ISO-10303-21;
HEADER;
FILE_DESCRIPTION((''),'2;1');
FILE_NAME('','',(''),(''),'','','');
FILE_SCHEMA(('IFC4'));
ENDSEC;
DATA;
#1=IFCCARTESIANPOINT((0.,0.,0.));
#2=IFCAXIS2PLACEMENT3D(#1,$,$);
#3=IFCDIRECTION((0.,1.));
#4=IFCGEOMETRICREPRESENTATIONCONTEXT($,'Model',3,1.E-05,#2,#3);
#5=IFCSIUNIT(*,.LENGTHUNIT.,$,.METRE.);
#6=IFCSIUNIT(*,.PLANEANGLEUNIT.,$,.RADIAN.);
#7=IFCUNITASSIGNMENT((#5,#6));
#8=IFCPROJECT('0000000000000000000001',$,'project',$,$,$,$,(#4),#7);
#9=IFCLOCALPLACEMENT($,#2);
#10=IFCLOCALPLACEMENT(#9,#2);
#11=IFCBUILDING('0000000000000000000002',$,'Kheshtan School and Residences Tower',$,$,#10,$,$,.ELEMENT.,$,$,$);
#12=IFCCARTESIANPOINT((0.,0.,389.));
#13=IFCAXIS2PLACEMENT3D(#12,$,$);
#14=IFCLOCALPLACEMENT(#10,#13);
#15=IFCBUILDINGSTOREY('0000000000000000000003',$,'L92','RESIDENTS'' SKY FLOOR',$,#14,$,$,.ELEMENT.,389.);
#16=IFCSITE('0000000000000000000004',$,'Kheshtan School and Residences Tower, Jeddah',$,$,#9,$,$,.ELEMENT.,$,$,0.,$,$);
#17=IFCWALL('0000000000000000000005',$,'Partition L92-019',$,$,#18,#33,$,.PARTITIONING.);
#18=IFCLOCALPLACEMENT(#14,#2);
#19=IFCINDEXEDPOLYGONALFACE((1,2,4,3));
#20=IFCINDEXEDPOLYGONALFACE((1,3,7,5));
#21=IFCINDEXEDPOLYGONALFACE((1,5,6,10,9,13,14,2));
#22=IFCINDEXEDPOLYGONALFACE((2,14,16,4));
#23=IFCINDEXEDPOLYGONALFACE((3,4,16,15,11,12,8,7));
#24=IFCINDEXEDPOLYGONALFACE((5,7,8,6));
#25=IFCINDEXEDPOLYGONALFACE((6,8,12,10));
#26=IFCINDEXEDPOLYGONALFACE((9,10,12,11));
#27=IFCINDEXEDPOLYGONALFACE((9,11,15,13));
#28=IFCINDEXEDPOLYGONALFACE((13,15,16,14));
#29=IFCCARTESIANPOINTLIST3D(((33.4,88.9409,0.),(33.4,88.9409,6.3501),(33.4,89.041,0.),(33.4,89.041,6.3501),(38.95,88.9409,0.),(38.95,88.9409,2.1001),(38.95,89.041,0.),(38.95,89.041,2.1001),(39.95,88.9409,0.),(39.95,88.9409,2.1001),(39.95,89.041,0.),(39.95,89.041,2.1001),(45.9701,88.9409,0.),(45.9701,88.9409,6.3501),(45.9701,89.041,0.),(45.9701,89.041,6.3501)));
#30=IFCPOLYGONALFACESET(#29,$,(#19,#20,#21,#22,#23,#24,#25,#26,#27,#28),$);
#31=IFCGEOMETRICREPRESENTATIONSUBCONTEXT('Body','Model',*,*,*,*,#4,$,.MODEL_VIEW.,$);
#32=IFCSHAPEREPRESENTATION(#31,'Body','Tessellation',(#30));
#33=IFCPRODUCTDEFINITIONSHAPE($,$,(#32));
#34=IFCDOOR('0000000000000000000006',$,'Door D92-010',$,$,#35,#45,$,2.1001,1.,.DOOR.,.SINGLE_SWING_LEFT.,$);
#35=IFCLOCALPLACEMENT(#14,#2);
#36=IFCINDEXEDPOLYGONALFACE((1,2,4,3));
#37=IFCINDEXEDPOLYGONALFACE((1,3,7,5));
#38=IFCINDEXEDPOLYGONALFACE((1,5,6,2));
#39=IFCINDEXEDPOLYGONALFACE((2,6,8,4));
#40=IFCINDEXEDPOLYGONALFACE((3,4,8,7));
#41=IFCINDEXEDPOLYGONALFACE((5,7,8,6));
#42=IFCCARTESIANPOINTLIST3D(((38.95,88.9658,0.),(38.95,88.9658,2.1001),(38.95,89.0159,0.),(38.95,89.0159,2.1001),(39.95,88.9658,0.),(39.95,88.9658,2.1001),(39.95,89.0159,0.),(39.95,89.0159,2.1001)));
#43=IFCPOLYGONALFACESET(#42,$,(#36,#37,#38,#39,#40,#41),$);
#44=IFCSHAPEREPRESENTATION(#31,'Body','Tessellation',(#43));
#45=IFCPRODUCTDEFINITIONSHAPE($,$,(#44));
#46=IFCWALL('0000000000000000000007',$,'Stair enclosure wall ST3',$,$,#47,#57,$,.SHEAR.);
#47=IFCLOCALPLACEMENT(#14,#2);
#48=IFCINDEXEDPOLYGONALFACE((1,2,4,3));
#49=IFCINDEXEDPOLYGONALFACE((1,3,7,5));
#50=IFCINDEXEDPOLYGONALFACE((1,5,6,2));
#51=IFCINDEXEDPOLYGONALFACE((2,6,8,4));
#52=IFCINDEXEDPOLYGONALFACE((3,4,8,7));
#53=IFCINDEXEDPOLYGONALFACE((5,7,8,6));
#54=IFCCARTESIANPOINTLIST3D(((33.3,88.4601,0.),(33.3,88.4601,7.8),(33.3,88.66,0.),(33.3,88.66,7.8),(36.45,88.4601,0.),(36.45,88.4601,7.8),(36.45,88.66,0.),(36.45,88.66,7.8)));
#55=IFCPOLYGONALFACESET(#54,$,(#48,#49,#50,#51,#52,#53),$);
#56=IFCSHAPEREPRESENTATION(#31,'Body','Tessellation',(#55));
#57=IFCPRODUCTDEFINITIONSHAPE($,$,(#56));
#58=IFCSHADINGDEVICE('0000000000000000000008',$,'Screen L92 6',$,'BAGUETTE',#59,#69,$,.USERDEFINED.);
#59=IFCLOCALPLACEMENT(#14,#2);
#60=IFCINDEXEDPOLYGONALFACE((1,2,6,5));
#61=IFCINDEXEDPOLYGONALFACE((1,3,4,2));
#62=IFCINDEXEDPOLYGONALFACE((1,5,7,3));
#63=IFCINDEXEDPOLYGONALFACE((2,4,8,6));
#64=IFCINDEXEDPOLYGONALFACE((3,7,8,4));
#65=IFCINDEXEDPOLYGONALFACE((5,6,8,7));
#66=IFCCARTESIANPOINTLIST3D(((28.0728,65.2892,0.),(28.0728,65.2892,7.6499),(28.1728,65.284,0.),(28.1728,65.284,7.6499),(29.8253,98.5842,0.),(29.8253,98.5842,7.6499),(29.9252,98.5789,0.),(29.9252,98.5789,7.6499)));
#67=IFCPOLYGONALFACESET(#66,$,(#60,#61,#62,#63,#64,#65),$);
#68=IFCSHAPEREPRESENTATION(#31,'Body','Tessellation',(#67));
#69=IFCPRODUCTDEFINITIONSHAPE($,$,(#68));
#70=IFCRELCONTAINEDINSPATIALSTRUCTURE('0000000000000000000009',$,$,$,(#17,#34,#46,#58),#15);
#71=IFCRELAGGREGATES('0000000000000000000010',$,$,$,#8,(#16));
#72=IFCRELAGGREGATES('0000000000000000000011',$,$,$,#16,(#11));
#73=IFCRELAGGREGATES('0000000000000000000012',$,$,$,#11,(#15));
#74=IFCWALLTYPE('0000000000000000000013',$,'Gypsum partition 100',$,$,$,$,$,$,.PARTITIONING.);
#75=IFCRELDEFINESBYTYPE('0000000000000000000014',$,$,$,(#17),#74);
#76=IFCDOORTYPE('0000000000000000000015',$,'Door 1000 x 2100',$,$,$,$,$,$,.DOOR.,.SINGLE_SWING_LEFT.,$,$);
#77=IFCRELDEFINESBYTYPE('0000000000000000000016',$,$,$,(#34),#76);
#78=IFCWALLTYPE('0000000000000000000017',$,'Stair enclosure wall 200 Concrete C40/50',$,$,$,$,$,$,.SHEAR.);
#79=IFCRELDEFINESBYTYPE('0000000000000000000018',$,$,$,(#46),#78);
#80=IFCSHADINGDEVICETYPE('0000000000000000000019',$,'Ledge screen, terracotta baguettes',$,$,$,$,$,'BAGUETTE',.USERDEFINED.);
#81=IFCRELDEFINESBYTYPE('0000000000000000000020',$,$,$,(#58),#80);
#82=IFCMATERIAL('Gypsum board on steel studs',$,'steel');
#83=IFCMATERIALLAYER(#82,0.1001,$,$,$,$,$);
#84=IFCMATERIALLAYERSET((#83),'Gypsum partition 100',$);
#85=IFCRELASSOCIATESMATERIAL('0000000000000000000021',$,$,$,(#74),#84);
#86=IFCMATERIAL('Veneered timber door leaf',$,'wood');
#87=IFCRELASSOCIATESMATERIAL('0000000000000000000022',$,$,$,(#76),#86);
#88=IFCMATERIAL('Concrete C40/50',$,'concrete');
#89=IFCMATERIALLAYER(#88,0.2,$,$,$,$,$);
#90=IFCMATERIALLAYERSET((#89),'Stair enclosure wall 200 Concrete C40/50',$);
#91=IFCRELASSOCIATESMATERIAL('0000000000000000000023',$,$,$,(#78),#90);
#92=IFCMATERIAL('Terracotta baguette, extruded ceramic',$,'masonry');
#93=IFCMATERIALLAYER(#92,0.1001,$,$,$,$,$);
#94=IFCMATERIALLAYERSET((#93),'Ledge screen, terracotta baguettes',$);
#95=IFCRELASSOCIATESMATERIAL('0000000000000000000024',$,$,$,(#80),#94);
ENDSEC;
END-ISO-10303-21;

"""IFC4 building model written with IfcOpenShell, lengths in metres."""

from ifc_helpers import new_model, si_unit, direction, frame, frame_2d, origin, origin_2d, place, context, subcontext, project, spatial, rectangle, extrude, source, transform, mapped, material, layer, layer_set, type_object, element, fill, save


model = new_model("IFC4")

# Units and contexts
model_context = context("Model", 3, precision=1e-05, world=origin(), true_north=direction((0.0, 1.0)))
body_context = subcontext(model_context, "Body", "Model", "MODEL_VIEW")
ifc_project = project(units=[si_unit("LENGTHUNIT", "METRE"), si_unit("PLANEANGLEUNIT", "RADIAN")], contexts=[model_context])

# Site, building, storey
site_placement = place(None, origin())
site = spatial("IfcSite", under=ifc_project, at=site_placement, Name="Kheshtan School and Residences Tower, Jeddah", CompositionType="ELEMENT", RefElevation=0.0)
building_placement = place(site_placement, origin())
building = spatial("IfcBuilding", under=site, at=building_placement, Name="Kheshtan School and Residences Tower", CompositionType="ELEMENT")
storey_placement = place(building_placement, frame((0.0, 0.0, 389.0)))
storey = spatial("IfcBuildingStorey", under=building, at=storey_placement, Name="L92", Description="RESIDENTS' SKY FLOOR", CompositionType="ELEMENT", Elevation=389.0)

# Wall, opening, door
ifc_material_1 = material(Name="Gypsum board on steel studs", Category="steel")
ifc_layer_1 = layer(ifc_material_1, 0.1001)
ifc_layer_set_1 = layer_set([ifc_layer_1], Name="Gypsum partition 100")
wall_type_1 = type_object("IfcWallType", Name="Gypsum partition 100", PredefinedType="PARTITIONING", material=ifc_layer_set_1)
wall_1_placement = place(storey_placement, frame((33.3999, 88.991, 0.0), z_axis=(0.0, 0.0, 1.0), x_axis=(1.0, 0.0, 0.0)))
wall_1 = element("IfcWall", 1, at=wall_1_placement, inside=storey, type_object=wall_type_1, Name="Partition L92-019", PredefinedType="PARTITIONING", context=body_context, shape_type="SweptSolid", body=[
    extrude(rectangle(XDim=12.5701, YDim=0.1001, at=frame_2d((6.2852, 0.0))), origin(), (0.0, 0.0, 1.0), 6.3501),
])
opening_1_placement = place(wall_1_placement, frame((5.55, 0.0, 0.0)))
opening_1 = element("IfcOpeningElement", 2, at=opening_1_placement, cuts=wall_1, PredefinedType="OPENING", context=body_context, shape_type="SweptSolid", body=[
    extrude(rectangle(XDim=1.0, YDim=2.1001, at=frame_2d((0.5, 1.05))), frame((0.0, 0.0601, 0.0), z_axis=(0.0, -1.0, 0.0), x_axis=(1.0, 0.0, 0.0)), (0.0, 0.0, 1.0), 0.1201),
])
ifc_material_2 = material(Name="Veneered timber door leaf", Category="wood")
door_type_1 = type_object("IfcDoorType", Name="Door 1000 x 2100", OperationType="SINGLE_SWING_LEFT", PredefinedType="DOOR", material=ifc_material_2)
shared_shape_1 = source(origin(), body_context, "Body", "SweptSolid", [
    extrude(rectangle(XDim=1.0, YDim=2.1001, at=frame_2d((0.5, 1.05))), frame((0.0, 0.0249, 0.0), z_axis=(0.0, -1.0, 0.0), x_axis=(1.0, 0.0, 0.0)), (0.0, 0.0, 1.0), 0.05),
])
door_1_placement = place(opening_1_placement, origin())
door_1 = element("IfcDoor", 3, at=door_1_placement, inside=storey, type_object=door_type_1, Name="Door D92-010", OperationType="SINGLE_SWING_LEFT", OverallHeight=2.1001, OverallWidth=1.0, PredefinedType="DOOR", context=body_context, shape_type="MappedRepresentation", body=[
    mapped(shared_shape_1, transform((0.0, 0.0, 0.0), x_axis=(1.0, 0.0, 0.0), y_axis=(0.0, 1.0, 0.0), z_axis=(0.0, 0.0, 1.0), scale=1.0)),
])
fill(opening_1, door_1)

# Wall
ifc_material_3 = material(Name="Concrete C40/50", Category="concrete")
ifc_layer_2 = layer(ifc_material_3, 0.2)
ifc_layer_set_2 = layer_set([ifc_layer_2], Name="Stair enclosure wall 200 Concrete C40/50")
wall_type_2 = type_object("IfcWallType", Name="Stair enclosure wall 200 Concrete C40/50", PredefinedType="SHEAR", material=ifc_layer_set_2)
wall_2_placement = place(storey_placement, frame((33.3, 88.5601, 0.0), z_axis=(0.0, 0.0, 1.0), x_axis=(1.0, 0.0, 0.0)))
element("IfcWall", 4, at=wall_2_placement, inside=storey, type_object=wall_type_2, Name="Stair enclosure wall ST3", PredefinedType="SHEAR", context=body_context, shape_type="SweptSolid", body=[
    extrude(rectangle(XDim=3.1499, YDim=0.2, at=frame_2d((1.575, 0.0))), origin(), (0.0, 0.0, 1.0), 7.8),
])

# Shading device
ifc_material_4 = material(Name="Terracotta baguette, extruded ceramic", Category="masonry")
ifc_layer_3 = layer(ifc_material_4, 0.1001)
ifc_layer_set_3 = layer_set([ifc_layer_3], Name="Ledge screen, terracotta baguettes")
shading_device_type = type_object("IfcShadingDeviceType", Name="Ledge screen, terracotta baguettes", ElementType="BAGUETTE", PredefinedType="USERDEFINED", material=ifc_layer_set_3)
shading_device_placement = place(storey_placement, frame((28.999, 81.9341, 0.0), z_axis=(0.0, 0.0, 1.0), x_axis=(0.052563, 0.998618, 0.0)))
element("IfcShadingDevice", 5, at=shading_device_placement, inside=storey, type_object=shading_device_type, Name="Screen L92 6", ObjectType="BAGUETTE", PredefinedType="USERDEFINED", context=body_context, shape_type="SweptSolid", body=[
    extrude(rectangle(XDim=33.3411, YDim=0.1001, at=origin_2d()), origin(), (0.0, 0.0, 1.0), 7.6499),
])

save(model, "model.ifc")
